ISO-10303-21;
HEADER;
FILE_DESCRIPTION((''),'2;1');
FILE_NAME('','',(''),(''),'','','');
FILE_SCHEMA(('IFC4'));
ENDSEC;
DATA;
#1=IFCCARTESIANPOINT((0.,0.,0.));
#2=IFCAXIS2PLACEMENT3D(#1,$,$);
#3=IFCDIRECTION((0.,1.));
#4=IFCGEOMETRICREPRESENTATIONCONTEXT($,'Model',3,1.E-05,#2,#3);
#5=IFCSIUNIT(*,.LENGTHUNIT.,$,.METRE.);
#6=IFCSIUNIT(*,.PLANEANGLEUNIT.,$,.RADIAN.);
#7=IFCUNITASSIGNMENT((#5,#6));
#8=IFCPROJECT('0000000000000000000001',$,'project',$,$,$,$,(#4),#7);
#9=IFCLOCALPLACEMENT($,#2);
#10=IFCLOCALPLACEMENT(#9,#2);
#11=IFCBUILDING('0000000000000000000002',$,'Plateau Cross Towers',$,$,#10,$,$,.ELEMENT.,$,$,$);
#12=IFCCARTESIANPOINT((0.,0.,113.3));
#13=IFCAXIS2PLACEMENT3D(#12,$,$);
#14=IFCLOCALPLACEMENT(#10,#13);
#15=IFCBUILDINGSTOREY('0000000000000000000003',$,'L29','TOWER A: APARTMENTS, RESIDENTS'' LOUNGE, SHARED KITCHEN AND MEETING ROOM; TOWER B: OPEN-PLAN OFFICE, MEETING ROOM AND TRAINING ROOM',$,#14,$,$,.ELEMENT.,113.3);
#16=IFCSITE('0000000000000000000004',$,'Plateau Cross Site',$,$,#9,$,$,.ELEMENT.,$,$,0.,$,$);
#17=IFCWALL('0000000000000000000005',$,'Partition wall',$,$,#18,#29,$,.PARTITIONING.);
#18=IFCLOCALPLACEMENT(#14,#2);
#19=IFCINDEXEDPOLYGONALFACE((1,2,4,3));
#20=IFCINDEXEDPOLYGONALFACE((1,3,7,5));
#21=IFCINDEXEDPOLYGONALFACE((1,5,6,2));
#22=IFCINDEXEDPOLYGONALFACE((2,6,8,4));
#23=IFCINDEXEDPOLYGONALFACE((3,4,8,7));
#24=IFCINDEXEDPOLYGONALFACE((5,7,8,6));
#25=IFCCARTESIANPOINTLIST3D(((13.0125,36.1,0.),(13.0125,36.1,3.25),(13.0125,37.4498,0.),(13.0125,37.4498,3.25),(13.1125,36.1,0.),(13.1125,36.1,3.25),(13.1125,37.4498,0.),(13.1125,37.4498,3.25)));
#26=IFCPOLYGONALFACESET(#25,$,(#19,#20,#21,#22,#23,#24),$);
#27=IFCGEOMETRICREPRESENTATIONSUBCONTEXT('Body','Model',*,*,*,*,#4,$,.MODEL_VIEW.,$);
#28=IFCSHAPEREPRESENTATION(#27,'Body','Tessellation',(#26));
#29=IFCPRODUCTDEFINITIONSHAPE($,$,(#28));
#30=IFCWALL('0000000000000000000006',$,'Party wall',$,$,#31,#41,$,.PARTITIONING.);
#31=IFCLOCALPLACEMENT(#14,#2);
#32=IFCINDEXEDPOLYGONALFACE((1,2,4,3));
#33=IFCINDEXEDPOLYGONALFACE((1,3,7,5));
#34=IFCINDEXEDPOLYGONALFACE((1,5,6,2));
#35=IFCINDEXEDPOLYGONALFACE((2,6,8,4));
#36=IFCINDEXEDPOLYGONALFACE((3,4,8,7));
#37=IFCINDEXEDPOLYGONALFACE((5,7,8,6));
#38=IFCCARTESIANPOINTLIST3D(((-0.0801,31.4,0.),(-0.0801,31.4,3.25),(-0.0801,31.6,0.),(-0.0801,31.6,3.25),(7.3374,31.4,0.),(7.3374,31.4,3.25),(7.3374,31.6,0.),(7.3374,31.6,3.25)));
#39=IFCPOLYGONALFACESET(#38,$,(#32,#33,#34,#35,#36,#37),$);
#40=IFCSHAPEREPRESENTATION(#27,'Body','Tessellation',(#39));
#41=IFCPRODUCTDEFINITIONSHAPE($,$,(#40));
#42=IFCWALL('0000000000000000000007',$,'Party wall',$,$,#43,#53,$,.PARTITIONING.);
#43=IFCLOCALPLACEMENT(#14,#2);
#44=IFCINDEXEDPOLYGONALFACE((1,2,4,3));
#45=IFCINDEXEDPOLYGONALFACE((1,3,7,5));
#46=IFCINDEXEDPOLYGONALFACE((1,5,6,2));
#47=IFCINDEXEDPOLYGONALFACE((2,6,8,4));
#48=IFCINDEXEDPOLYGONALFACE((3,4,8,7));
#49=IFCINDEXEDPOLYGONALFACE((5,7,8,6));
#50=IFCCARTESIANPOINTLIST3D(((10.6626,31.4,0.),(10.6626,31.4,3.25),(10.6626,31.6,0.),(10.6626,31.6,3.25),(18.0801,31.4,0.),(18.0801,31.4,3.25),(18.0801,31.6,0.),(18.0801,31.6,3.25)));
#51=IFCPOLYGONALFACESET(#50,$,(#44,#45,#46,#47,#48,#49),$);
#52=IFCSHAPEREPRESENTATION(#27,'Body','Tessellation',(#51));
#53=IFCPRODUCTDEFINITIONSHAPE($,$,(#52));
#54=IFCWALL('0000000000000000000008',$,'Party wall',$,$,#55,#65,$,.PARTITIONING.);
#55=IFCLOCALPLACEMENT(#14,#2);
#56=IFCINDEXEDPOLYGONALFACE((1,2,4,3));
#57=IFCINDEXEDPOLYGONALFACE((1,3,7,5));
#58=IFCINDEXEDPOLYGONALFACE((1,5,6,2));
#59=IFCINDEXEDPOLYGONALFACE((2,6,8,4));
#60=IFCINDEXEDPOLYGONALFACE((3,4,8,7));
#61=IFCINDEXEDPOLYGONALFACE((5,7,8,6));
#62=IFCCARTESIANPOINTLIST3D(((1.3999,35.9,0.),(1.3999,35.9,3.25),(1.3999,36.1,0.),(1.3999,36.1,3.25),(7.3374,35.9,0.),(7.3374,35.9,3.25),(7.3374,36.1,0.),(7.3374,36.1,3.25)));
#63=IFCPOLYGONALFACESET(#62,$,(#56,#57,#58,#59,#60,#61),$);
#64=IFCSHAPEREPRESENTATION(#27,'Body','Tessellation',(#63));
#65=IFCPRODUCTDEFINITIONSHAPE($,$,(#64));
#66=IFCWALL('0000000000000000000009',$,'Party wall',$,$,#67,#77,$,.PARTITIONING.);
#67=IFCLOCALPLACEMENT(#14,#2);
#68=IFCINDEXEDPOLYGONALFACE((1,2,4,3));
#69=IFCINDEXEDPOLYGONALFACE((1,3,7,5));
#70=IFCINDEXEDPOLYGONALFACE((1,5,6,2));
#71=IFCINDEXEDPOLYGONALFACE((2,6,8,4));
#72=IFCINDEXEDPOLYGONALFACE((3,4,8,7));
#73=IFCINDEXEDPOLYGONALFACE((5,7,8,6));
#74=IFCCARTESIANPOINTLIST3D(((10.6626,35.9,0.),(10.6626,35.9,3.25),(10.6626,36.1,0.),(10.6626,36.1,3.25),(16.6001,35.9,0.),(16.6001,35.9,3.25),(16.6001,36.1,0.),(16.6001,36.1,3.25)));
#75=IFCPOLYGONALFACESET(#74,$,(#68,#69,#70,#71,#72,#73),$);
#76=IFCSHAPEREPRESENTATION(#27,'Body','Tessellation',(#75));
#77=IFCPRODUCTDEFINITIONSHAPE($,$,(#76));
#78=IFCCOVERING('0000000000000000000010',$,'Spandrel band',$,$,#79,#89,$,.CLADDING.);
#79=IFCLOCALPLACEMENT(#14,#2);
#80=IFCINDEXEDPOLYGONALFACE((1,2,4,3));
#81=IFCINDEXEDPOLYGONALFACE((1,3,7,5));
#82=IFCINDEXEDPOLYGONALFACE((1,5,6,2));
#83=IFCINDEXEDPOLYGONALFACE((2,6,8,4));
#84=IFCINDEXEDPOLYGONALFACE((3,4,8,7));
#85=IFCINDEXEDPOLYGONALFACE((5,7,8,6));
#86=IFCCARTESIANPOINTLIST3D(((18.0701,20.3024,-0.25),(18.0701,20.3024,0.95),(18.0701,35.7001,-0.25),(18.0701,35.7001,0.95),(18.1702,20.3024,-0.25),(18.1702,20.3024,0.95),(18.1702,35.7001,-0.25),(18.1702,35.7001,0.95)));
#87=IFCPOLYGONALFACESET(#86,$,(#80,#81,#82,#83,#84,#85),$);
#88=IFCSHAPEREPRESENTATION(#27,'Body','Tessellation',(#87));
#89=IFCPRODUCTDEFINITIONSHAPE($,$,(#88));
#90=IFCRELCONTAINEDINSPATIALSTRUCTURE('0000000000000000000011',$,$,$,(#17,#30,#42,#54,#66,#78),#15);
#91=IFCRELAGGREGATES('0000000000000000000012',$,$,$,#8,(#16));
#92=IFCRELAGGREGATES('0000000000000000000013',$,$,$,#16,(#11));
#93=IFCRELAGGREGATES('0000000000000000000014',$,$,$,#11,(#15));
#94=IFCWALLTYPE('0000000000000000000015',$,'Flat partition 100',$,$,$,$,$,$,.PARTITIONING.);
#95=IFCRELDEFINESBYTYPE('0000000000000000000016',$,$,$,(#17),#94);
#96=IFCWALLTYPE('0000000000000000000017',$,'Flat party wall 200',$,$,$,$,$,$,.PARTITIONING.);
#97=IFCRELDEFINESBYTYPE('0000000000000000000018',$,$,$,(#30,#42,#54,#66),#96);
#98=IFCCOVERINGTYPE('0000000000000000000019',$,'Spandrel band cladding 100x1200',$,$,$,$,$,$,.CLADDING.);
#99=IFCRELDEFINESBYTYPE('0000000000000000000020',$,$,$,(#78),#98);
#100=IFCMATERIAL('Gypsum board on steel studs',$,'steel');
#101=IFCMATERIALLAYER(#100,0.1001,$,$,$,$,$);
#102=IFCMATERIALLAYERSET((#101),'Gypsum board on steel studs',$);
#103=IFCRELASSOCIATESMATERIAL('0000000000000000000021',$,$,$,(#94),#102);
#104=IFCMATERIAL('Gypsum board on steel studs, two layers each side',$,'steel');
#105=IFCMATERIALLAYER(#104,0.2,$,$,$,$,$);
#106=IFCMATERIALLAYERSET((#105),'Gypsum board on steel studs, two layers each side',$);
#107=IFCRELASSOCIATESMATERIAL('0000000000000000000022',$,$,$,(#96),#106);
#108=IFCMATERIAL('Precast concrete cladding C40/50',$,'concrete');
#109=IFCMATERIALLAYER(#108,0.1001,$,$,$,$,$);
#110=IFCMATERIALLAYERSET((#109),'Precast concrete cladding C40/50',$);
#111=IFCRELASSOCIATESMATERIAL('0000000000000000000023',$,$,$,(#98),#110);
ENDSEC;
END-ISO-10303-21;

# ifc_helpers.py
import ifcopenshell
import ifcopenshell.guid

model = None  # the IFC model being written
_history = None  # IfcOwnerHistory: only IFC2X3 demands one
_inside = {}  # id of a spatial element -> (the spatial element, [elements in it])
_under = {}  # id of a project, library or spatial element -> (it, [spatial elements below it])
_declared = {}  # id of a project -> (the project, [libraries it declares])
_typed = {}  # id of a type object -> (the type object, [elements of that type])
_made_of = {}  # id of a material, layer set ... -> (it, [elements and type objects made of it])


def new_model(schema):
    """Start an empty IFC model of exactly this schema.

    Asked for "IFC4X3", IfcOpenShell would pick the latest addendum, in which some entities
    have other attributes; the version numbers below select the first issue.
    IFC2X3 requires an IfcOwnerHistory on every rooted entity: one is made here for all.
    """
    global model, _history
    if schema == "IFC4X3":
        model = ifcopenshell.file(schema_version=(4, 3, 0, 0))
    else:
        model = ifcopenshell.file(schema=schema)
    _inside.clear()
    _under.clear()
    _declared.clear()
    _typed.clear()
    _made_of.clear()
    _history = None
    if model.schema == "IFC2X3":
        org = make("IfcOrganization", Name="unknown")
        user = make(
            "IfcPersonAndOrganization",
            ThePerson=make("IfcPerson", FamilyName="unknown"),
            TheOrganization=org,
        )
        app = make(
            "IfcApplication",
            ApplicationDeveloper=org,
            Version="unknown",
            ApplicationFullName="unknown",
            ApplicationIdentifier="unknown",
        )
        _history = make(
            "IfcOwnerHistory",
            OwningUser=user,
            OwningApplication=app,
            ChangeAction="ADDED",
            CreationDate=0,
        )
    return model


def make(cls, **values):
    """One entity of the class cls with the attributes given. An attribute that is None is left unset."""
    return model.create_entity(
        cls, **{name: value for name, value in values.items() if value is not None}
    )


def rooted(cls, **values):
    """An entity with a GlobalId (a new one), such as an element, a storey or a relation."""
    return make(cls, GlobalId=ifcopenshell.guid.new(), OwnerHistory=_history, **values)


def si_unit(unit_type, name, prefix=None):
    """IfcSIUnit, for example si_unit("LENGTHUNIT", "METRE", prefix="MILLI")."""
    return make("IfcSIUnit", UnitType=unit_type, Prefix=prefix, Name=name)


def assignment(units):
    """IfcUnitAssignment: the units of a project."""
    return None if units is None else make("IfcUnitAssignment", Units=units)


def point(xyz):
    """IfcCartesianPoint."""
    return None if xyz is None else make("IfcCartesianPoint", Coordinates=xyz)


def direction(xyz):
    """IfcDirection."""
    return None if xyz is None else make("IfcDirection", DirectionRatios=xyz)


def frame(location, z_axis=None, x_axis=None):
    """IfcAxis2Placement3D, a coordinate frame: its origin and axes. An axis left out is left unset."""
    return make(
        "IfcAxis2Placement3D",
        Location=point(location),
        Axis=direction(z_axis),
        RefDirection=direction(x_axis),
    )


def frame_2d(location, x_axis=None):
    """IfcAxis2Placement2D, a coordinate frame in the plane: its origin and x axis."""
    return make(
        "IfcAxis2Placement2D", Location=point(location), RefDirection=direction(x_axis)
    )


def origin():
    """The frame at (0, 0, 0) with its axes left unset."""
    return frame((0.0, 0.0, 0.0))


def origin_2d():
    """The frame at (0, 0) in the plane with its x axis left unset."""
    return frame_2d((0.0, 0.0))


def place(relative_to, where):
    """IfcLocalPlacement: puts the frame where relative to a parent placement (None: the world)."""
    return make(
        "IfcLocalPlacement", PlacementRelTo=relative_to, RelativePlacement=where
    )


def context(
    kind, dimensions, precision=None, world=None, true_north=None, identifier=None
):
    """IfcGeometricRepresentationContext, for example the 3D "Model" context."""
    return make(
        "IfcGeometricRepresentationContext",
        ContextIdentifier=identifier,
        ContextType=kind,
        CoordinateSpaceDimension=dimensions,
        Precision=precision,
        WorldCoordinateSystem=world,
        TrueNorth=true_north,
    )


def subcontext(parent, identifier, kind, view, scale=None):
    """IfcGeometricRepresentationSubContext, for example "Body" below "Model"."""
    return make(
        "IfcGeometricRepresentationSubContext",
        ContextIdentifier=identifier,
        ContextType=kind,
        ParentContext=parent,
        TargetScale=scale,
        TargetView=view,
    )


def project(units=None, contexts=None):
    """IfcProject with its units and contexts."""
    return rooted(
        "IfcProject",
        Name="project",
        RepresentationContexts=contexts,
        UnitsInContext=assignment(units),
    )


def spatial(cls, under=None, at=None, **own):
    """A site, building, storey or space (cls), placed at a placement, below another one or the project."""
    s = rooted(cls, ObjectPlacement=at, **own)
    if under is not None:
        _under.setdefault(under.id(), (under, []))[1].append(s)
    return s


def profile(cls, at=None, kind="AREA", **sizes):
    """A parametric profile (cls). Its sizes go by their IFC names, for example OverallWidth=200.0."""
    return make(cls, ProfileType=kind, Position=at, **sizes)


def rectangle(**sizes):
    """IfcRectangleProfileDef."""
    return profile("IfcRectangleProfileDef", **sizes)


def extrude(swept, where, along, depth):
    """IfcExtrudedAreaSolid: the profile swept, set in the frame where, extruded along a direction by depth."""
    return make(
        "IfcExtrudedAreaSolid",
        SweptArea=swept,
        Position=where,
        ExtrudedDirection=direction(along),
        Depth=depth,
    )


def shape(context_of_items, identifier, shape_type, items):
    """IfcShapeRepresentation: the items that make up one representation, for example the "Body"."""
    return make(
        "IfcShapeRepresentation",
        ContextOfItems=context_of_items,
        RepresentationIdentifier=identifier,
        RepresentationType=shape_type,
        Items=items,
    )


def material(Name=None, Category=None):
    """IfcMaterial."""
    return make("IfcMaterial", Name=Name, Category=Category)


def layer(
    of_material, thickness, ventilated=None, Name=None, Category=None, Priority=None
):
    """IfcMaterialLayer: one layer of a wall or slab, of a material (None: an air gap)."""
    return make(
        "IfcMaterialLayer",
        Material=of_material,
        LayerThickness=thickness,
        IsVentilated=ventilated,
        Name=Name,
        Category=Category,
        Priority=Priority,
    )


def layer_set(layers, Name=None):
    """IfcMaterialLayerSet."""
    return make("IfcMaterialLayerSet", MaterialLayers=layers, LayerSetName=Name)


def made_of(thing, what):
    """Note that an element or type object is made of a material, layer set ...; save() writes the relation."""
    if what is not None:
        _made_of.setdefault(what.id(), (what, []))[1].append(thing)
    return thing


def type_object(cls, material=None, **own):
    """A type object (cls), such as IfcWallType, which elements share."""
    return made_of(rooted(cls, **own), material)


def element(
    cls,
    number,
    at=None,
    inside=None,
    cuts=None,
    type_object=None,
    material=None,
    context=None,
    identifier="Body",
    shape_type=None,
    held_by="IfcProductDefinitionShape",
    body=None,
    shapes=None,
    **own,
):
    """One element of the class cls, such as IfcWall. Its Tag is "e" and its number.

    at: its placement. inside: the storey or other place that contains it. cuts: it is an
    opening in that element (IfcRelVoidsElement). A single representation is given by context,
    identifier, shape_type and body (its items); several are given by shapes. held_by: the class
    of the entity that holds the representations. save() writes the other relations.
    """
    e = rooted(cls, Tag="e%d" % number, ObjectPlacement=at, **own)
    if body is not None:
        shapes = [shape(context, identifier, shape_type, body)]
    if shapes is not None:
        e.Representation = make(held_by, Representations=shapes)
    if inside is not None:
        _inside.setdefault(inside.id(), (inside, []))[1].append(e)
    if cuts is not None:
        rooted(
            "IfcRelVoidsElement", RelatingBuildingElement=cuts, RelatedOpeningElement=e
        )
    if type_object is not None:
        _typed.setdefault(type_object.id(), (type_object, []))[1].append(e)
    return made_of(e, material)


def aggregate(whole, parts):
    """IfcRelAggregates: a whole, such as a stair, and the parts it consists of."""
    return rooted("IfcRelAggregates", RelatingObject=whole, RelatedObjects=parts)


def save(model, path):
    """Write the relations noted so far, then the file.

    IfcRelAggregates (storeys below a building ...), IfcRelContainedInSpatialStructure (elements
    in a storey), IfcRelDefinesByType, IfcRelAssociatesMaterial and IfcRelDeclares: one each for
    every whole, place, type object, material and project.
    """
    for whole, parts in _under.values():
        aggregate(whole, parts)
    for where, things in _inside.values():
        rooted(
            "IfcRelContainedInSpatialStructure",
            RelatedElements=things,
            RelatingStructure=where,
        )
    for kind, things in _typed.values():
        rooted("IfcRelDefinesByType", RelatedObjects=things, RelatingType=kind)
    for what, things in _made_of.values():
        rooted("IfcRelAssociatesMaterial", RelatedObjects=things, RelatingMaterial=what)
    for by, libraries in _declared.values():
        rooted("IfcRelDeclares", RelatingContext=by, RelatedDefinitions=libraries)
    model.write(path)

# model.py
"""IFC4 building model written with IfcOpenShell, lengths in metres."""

from ifc_helpers import new_model, si_unit, direction, frame, frame_2d, origin, origin_2d, place, context, subcontext, project, spatial, rectangle, extrude, material, layer, layer_set, type_object, element, save


model = new_model("IFC4")

# Units and contexts
model_context = context("Model", 3, precision=1e-05, world=origin(), true_north=direction((0.0, 1.0)))
body_context = subcontext(model_context, "Body", "Model", "MODEL_VIEW")
ifc_project = project(units=[si_unit("LENGTHUNIT", "METRE"), si_unit("PLANEANGLEUNIT", "RADIAN")], contexts=[model_context])

# Site, building, storey
site_placement = place(None, origin())
site = spatial("IfcSite", under=ifc_project, at=site_placement, Name="Plateau Cross Site", CompositionType="ELEMENT", RefElevation=0.0)
building_placement = place(site_placement, origin())
building = spatial("IfcBuilding", under=site, at=building_placement, Name="Plateau Cross Towers", CompositionType="ELEMENT")
storey_placement = place(building_placement, frame((0.0, 0.0, 113.3)))
storey = spatial("IfcBuildingStorey", under=building, at=storey_placement, Name="L29", Description="TOWER A: APARTMENTS, RESIDENTS' LOUNGE, SHARED KITCHEN AND MEETING ROOM; TOWER B: OPEN-PLAN OFFICE, MEETING ROOM AND TRAINING ROOM", CompositionType="ELEMENT", Elevation=113.3)

# Shared definitions
ifc_material_1 = material(Name="Gypsum board on steel studs", Category="steel")
ifc_layer_1 = layer(ifc_material_1, 0.1001)
ifc_layer_set_1 = layer_set([ifc_layer_1], Name="Gypsum board on steel studs")
wall_type_1 = type_object("IfcWallType", Name="Flat partition 100", PredefinedType="PARTITIONING", material=ifc_layer_set_1)

# Walls
wall_1_placement = place(storey_placement, frame((13.0625, 36.1001, 0.0), z_axis=(0.0, 0.0, 1.0), x_axis=(0.0, 1.0, 0.0)))
element("IfcWall", 1, at=wall_1_placement, inside=storey, type_object=wall_type_1, Name="Partition wall", PredefinedType="PARTITIONING", context=body_context, shape_type="SweptSolid", body=[
    extrude(rectangle(XDim=1.3499, YDim=0.1001, at=frame_2d((0.6748, 0.0))), origin(), (0.0, 0.0, 1.0), 3.25),
])
ifc_material_2 = material(Name="Gypsum board on steel studs, two layers each side", Category="steel")
ifc_layer_2 = layer(ifc_material_2, 0.2)
ifc_layer_set_2 = layer_set([ifc_layer_2], Name="Gypsum board on steel studs, two layers each side")
wall_type_2 = type_object("IfcWallType", Name="Flat party wall 200", PredefinedType="PARTITIONING", material=ifc_layer_set_2)
for number, where, z_axis, x_axis, name in (
    (2, (7.3374, 31.5, 0.0), (0.0, 0.0, 1.0), (-1.0, 0.0, 0.0), "Party wall"),
    (3, (18.0801, 31.5, 0.0), (0.0, 0.0, 1.0), (-1.0, 0.0, 0.0), "Party wall"),
):
    element("IfcWall", number, at=place(storey_placement, frame(where, z_axis=z_axis, x_axis=x_axis)), inside=storey, type_object=wall_type_2, Name=name, PredefinedType="PARTITIONING", context=body_context, shape_type="SweptSolid", body=[
        extrude(rectangle(XDim=7.4175, YDim=0.2, at=frame_2d((3.7087, 0.0))), origin(), (0.0, 0.0, 1.0), 3.25),
    ])
for number, where, z_axis, x_axis, name in (
    (4, (7.3374, 36.0, 0.0), (0.0, 0.0, 1.0), (-1.0, 0.0, 0.0), "Party wall"),
    (5, (16.6001, 36.0, 0.0), (0.0, 0.0, 1.0), (-1.0, 0.0, 0.0), "Party wall"),
):
    element("IfcWall", number, at=place(storey_placement, frame(where, z_axis=z_axis, x_axis=x_axis)), inside=storey, type_object=wall_type_2, Name=name, PredefinedType="PARTITIONING", context=body_context, shape_type="SweptSolid", body=[
        extrude(rectangle(XDim=5.9375, YDim=0.2, at=frame_2d((2.9688, 0.0))), origin(), (0.0, 0.0, 1.0), 3.25),
    ])

# Covering
ifc_material_3 = material(Name="Precast concrete cladding C40/50", Category="concrete")
ifc_layer_3 = layer(ifc_material_3, 0.1001)
ifc_layer_set_3 = layer_set([ifc_layer_3], Name="Precast concrete cladding C40/50")
covering_type = type_object("IfcCoveringType", Name="Spandrel band cladding 100x1200", PredefinedType="CLADDING", material=ifc_layer_set_3)
covering_placement = place(storey_placement, frame((18.1201, 28.0012, -0.25), z_axis=(0.0, 0.0, 1.0), x_axis=(0.0, 1.0, 0.0)))
element("IfcCovering", 6, at=covering_placement, inside=storey, type_object=covering_type, Name="Spandrel band", PredefinedType="CLADDING", context=body_context, shape_type="SweptSolid", body=[
    extrude(rectangle(XDim=15.3977, YDim=0.1001, at=origin_2d()), origin(), (0.0, 0.0, 1.0), 1.2),
])

save(model, "model.ifc")
